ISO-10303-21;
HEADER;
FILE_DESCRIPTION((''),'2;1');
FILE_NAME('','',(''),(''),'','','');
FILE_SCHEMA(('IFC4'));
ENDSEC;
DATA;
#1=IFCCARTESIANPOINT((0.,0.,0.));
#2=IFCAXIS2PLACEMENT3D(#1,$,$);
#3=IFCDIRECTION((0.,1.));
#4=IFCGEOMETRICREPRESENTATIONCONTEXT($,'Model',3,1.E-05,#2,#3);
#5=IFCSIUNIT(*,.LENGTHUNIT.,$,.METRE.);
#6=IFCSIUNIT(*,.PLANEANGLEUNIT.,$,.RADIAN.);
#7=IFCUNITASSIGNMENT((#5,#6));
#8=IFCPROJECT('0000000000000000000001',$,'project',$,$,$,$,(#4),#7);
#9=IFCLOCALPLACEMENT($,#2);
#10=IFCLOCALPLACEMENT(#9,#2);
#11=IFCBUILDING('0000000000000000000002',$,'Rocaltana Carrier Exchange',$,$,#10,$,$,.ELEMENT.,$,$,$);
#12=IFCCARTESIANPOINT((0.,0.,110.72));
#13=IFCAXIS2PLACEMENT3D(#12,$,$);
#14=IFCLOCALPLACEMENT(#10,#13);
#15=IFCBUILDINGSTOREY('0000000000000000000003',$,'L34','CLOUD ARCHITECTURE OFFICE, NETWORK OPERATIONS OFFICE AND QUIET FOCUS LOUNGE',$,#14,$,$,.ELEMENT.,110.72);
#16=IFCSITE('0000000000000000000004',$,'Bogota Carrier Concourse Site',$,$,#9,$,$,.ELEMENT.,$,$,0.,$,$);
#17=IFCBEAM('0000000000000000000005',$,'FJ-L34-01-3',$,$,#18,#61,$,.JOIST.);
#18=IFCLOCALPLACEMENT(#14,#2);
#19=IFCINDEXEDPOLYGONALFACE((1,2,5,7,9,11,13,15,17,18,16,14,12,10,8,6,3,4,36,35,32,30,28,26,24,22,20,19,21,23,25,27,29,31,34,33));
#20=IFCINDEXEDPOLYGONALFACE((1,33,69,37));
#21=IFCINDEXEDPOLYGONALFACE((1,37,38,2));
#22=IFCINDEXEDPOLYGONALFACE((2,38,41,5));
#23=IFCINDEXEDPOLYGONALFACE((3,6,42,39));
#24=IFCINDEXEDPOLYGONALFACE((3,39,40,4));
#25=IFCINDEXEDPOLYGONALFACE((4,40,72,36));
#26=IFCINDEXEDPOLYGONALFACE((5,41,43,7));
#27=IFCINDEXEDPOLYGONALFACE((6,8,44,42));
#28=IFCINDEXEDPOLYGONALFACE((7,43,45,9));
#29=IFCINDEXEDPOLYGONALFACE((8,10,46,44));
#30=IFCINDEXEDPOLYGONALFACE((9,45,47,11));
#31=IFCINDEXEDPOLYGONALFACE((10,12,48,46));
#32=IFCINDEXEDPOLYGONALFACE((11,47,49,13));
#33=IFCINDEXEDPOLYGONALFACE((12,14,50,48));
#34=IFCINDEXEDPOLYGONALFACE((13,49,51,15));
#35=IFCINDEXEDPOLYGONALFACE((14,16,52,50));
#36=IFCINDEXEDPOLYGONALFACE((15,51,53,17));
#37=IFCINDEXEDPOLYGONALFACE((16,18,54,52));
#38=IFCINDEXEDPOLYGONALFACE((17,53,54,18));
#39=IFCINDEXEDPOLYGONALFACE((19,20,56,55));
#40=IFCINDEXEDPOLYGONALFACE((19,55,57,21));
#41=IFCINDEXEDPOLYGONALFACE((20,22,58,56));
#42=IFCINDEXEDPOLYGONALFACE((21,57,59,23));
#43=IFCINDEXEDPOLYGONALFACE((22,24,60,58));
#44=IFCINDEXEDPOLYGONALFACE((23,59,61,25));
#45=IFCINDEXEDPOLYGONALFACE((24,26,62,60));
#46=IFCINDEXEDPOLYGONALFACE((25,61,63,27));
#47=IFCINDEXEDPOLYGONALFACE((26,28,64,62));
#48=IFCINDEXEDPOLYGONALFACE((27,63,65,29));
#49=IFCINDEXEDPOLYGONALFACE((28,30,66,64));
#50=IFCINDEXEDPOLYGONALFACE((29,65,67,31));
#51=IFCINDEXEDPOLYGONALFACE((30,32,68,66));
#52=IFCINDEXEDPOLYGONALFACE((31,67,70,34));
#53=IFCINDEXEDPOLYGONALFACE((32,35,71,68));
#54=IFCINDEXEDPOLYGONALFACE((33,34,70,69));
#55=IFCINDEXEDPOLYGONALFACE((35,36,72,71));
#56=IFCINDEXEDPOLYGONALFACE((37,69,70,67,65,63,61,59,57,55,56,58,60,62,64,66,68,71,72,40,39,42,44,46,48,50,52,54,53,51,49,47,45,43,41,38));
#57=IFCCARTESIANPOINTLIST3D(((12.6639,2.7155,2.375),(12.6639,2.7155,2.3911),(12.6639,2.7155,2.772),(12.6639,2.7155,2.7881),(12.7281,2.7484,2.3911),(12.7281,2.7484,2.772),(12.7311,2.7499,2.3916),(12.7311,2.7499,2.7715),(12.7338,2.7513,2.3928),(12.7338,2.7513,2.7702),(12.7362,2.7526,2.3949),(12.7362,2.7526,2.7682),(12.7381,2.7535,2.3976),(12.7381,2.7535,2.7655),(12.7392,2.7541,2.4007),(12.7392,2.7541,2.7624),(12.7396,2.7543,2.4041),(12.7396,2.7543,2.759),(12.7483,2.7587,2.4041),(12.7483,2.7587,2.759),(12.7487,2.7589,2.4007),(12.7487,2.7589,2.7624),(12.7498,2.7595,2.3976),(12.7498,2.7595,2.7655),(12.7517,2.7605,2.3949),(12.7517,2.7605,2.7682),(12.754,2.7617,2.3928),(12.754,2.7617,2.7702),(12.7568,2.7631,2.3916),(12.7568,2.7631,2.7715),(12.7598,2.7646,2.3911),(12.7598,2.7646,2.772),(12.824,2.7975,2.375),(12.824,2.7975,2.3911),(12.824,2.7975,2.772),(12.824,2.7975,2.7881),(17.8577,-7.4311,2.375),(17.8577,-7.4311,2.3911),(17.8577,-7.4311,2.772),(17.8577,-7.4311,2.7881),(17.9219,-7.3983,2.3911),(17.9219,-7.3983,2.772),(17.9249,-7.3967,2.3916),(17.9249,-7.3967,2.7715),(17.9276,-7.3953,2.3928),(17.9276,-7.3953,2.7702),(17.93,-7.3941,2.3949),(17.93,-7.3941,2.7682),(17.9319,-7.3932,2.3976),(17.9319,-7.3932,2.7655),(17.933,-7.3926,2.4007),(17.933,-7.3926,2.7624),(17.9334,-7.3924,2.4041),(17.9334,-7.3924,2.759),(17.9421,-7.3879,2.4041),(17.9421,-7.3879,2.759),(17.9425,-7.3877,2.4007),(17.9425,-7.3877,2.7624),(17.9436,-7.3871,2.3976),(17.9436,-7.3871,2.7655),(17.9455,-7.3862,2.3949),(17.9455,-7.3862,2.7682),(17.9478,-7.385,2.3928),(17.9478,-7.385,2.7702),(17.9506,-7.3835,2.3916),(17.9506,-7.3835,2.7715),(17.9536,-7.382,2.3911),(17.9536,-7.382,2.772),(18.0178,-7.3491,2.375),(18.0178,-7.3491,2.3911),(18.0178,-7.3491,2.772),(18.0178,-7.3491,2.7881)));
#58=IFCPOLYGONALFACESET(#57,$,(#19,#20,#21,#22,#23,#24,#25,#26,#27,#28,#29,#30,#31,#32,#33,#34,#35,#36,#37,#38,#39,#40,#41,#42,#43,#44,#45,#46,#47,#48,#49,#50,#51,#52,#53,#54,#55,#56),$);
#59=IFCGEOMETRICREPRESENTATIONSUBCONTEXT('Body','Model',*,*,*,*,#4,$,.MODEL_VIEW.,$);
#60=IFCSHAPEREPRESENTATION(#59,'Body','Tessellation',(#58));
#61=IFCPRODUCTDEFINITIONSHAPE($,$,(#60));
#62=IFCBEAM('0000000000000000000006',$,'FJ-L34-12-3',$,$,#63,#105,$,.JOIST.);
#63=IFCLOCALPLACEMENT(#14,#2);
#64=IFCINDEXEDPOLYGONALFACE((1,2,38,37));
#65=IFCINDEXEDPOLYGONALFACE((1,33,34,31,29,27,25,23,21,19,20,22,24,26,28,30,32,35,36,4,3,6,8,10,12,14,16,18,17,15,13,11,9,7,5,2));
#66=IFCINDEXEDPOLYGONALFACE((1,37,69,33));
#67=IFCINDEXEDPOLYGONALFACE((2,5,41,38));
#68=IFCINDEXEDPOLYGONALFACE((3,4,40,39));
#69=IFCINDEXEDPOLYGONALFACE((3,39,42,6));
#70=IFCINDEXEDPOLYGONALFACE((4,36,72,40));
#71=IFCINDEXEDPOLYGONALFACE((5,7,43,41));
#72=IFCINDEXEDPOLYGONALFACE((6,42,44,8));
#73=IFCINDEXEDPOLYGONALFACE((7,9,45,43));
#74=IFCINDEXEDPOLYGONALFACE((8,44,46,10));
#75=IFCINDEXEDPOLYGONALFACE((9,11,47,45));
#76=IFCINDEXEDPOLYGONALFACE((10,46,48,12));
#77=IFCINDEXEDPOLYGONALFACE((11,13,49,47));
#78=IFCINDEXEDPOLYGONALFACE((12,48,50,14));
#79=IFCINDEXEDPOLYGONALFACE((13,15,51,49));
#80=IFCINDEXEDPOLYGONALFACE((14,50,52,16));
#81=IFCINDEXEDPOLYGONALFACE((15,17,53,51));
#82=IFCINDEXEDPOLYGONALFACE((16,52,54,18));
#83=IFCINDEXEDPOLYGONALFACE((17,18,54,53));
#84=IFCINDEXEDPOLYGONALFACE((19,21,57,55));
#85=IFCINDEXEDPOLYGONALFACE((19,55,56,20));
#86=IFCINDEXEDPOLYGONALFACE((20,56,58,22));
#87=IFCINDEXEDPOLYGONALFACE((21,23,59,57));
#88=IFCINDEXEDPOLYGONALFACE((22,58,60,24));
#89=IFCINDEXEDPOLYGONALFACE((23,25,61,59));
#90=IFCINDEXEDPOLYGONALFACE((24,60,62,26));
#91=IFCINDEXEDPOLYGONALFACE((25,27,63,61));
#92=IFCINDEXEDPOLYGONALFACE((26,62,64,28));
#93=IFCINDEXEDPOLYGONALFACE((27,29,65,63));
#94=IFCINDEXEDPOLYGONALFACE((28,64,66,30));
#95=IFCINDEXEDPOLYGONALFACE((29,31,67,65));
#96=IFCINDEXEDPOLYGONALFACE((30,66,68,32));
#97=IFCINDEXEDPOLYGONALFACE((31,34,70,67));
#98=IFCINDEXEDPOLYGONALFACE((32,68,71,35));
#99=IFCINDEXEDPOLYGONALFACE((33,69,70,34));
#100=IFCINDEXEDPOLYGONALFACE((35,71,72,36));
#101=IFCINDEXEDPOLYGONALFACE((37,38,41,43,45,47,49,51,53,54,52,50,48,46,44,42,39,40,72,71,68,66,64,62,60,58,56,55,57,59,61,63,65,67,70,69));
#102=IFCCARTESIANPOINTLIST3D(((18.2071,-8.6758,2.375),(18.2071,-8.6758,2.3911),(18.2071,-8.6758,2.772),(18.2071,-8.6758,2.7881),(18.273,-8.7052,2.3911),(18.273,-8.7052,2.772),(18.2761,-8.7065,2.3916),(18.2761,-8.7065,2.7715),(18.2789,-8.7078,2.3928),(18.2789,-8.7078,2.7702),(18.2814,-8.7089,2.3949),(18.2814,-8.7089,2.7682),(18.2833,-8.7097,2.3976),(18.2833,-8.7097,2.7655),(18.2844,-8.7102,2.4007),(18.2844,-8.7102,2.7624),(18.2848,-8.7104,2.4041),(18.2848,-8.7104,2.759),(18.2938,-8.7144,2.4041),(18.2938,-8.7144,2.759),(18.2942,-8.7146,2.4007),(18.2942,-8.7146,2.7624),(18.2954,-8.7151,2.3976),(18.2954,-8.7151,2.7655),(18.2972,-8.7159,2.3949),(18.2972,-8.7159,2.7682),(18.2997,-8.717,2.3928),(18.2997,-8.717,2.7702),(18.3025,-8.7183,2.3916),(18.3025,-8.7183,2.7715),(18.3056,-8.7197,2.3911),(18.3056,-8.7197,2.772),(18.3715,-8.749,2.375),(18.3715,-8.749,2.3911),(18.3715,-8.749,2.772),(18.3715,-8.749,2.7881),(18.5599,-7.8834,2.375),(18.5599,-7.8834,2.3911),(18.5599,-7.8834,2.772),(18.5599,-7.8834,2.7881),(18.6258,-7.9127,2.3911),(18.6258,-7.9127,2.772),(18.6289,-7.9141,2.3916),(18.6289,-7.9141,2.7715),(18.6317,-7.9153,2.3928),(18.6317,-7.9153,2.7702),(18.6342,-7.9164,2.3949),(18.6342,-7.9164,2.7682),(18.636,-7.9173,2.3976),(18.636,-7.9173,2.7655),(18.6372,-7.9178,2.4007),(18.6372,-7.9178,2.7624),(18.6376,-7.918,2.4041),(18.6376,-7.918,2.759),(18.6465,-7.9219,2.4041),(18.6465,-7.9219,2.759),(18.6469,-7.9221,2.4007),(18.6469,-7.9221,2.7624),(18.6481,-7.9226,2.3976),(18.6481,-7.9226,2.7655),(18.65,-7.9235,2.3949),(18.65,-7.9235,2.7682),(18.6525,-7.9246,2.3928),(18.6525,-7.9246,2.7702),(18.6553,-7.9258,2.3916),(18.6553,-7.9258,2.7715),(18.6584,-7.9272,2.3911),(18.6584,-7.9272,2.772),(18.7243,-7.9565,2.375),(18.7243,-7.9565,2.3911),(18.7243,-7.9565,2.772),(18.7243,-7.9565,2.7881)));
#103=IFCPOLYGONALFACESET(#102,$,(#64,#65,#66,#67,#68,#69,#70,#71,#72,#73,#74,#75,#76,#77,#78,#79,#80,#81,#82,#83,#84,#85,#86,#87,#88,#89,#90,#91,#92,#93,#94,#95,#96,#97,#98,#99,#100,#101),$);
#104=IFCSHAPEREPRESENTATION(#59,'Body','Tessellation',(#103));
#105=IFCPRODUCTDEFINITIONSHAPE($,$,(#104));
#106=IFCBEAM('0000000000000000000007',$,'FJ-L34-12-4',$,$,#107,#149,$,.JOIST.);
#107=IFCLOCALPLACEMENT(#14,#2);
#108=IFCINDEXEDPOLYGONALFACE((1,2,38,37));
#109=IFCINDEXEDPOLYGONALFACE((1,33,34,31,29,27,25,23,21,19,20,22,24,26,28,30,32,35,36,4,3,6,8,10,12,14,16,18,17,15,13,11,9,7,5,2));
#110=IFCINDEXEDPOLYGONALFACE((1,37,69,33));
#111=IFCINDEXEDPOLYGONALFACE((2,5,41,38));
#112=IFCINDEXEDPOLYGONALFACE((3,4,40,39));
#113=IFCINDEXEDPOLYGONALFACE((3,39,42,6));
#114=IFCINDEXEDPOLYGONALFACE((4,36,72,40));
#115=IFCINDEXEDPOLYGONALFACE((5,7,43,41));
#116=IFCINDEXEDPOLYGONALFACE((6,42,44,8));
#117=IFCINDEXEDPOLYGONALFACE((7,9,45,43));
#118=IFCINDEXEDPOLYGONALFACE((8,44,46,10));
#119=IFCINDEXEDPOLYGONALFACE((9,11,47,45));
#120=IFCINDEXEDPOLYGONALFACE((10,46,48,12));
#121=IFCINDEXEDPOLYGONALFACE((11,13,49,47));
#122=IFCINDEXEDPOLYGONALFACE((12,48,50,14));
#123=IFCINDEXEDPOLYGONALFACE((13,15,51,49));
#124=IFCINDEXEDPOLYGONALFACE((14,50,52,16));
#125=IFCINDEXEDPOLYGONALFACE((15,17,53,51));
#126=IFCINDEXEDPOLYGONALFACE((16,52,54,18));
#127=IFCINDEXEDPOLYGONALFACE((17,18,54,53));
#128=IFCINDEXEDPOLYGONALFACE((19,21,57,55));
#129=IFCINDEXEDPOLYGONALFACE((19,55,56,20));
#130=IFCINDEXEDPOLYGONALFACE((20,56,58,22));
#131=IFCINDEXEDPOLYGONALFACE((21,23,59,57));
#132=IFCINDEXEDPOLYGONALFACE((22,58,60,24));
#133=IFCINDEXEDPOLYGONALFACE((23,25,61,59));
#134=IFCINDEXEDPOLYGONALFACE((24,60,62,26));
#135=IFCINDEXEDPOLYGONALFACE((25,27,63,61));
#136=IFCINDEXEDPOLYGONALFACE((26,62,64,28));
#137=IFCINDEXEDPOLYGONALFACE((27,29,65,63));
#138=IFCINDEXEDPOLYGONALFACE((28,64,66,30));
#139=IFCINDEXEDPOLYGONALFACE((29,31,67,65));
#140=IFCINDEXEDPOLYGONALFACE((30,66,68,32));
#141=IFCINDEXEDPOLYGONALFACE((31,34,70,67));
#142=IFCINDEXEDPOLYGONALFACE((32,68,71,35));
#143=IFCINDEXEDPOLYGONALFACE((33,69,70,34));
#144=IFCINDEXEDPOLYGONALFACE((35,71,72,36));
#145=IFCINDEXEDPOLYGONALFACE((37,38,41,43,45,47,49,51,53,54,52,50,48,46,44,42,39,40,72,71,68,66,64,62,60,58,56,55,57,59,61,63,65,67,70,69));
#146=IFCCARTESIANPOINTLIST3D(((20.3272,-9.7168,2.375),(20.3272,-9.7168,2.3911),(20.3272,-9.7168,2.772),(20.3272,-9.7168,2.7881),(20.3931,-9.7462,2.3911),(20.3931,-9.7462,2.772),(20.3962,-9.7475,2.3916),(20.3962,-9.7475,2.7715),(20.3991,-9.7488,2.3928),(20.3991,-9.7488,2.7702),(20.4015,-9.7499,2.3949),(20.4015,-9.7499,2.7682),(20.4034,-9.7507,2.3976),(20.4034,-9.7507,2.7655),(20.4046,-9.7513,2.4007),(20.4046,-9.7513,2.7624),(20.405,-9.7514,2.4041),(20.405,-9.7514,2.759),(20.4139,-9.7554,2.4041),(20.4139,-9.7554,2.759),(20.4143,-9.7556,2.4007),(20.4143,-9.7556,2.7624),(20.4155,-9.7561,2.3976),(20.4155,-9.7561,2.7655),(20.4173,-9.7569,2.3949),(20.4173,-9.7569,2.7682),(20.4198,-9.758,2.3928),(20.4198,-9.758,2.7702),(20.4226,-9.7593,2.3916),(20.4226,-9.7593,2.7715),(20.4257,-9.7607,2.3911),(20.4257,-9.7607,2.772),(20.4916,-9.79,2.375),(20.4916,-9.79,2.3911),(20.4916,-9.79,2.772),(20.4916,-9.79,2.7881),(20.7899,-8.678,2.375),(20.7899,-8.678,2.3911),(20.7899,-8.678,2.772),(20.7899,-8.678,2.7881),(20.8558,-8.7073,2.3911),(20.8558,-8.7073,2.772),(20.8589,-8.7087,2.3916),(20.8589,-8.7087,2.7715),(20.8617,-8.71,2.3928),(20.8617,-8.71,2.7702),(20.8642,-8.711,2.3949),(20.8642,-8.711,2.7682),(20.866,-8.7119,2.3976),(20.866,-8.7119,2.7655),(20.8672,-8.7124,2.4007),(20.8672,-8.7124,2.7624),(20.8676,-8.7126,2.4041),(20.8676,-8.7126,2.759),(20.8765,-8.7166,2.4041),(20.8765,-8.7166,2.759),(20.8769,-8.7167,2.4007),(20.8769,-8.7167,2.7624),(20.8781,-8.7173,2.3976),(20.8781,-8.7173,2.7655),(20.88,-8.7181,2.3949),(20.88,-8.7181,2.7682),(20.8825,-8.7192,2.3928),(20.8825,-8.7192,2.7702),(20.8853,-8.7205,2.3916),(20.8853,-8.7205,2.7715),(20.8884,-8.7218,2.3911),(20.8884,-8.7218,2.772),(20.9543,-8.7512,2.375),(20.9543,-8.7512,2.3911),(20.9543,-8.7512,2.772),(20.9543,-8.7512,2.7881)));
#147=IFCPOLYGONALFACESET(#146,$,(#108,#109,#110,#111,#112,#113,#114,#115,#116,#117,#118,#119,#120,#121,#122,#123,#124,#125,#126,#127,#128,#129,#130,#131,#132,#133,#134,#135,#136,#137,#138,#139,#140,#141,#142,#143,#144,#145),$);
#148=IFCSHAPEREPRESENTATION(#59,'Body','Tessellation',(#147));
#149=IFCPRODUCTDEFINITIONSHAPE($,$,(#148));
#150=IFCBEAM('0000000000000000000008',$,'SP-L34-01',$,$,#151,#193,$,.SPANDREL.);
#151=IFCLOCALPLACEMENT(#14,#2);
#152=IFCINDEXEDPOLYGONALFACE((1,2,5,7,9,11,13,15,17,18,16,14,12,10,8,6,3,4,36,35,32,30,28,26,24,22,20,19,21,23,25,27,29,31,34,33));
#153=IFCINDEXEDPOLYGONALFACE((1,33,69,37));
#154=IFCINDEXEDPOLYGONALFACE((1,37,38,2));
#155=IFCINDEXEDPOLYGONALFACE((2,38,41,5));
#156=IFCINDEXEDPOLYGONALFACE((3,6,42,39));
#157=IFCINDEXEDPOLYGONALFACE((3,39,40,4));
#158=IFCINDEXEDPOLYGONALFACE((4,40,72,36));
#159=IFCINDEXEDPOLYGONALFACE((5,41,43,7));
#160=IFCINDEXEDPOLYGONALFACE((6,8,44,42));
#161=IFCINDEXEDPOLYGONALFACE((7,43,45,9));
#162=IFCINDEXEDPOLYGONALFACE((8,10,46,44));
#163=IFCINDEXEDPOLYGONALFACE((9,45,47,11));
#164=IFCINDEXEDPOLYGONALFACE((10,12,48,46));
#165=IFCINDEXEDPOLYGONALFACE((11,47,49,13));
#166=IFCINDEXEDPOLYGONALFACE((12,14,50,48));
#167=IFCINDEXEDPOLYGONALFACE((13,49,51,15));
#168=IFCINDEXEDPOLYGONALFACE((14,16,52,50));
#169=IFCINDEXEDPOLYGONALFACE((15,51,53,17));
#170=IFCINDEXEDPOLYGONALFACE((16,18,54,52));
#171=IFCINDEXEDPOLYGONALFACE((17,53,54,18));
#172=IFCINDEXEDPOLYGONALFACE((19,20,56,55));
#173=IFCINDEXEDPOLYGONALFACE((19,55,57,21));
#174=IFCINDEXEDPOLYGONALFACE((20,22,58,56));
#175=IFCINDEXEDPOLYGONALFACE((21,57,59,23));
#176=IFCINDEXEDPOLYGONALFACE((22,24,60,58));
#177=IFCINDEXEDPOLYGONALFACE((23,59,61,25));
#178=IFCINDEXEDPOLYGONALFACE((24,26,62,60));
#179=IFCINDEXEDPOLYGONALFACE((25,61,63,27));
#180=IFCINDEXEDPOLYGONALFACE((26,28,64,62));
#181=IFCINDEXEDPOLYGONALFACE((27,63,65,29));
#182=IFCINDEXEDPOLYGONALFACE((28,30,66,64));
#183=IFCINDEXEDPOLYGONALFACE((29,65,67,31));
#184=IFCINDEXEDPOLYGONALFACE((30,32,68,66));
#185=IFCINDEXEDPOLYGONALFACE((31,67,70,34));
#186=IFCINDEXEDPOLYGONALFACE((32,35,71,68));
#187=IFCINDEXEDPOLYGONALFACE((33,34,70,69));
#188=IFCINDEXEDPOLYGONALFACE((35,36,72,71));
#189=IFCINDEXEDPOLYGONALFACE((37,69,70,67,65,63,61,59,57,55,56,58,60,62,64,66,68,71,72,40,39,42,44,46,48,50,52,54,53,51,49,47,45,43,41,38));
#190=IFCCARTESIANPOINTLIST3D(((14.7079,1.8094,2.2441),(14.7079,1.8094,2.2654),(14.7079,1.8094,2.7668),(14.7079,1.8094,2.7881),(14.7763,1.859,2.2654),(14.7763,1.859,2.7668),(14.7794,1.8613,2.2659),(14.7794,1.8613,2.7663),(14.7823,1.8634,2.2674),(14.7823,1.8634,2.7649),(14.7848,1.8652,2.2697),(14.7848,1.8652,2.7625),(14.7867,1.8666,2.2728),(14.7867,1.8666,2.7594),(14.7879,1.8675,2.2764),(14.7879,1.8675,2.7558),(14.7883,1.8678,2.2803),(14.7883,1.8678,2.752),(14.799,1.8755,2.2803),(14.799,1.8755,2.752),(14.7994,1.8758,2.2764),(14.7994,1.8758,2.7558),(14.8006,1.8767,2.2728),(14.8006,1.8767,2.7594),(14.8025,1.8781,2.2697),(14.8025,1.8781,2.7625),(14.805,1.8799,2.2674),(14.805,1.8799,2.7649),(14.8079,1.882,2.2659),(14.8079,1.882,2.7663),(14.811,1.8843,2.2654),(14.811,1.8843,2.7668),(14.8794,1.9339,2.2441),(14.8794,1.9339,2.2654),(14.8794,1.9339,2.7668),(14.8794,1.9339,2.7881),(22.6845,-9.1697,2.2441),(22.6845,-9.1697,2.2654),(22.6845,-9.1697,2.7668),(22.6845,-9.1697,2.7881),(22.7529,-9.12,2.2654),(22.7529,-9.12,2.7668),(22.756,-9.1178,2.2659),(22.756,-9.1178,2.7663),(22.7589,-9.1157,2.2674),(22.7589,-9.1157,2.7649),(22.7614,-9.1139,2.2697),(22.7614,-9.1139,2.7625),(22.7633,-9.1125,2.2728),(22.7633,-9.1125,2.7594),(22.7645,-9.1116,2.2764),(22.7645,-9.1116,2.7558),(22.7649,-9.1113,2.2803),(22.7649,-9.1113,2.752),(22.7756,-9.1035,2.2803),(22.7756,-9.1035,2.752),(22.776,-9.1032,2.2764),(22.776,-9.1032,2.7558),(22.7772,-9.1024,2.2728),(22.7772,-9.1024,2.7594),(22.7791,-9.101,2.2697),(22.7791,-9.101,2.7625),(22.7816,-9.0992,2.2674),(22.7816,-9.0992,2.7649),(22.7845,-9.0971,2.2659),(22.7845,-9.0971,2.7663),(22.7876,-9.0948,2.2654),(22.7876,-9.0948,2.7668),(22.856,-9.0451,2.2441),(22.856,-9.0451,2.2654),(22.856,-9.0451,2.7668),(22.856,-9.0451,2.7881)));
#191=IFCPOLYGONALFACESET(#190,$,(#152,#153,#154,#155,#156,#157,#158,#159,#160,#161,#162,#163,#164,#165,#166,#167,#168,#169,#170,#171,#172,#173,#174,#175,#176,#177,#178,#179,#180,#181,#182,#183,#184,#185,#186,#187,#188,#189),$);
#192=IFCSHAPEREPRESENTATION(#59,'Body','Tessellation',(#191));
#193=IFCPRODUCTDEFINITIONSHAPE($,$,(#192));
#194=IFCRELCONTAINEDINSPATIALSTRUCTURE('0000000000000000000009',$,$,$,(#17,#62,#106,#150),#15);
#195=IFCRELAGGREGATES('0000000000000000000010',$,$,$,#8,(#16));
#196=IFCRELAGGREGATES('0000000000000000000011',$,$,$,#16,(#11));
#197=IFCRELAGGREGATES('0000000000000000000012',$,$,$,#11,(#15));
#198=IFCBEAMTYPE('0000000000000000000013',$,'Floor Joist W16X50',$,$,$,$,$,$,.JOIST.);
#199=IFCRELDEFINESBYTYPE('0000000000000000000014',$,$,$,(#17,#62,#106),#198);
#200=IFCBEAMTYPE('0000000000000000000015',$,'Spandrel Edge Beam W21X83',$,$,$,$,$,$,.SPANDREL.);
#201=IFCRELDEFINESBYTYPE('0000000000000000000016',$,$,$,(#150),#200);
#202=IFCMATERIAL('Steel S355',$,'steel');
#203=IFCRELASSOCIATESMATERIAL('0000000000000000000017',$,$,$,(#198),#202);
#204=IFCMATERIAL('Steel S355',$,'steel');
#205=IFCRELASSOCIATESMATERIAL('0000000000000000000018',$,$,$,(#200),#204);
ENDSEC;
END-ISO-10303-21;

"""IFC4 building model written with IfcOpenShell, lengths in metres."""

from ifc_helpers import new_model, si_unit, direction, frame, origin, origin_2d, place, context, subcontext, project, spatial, i_section, extrude, material, material_profile, profile_set, type_object, element, save


model = new_model("IFC4")

# Units and contexts
model_context = context("Model", 3, precision=1e-05, world=origin(), true_north=direction((0.0, 1.0)))
body_context = subcontext(model_context, "Body", "Model", "MODEL_VIEW")
ifc_project = project(units=[si_unit("LENGTHUNIT", "METRE"), si_unit("PLANEANGLEUNIT", "RADIAN")], contexts=[model_context])

# Site, building, storey
site_placement = place(None, origin())
site = spatial("IfcSite", under=ifc_project, at=site_placement, Name="Bogota Carrier Concourse Site", CompositionType="ELEMENT", RefElevation=0.0)
building_placement = place(site_placement, origin())
building = spatial("IfcBuilding", under=site, at=building_placement, Name="Rocaltana Carrier Exchange", CompositionType="ELEMENT")
storey_placement = place(building_placement, frame((0.0, 0.0, 110.72)))
storey = spatial("IfcBuildingStorey", under=building, at=storey_placement, Name="L34", Description="CLOUD ARCHITECTURE OFFICE, NETWORK OPERATIONS OFFICE AND QUIET FOCUS LOUNGE", CompositionType="ELEMENT", Elevation=110.72)

# Beams
ifc_material_1 = material(Name="Steel S355", Category="steel")
ifc_material_profile_1 = material_profile(ifc_material_1, i_section(OverallWidth=0.1799, OverallDepth=0.4131, WebThickness=0.0098, FlangeThickness=0.0161, FilletRadius=0.0129, at=origin_2d()), Name="W16X50")
ifc_profile_set_1 = profile_set([ifc_material_profile_1], Name="Steel S355")
beam_type_1 = type_object("IfcBeamType", Name="Floor Joist W16X50", PredefinedType="JOIST", material=ifc_profile_set_1)
beam_1_placement = place(storey_placement, frame((17.9377, -7.3901, 2.5815), z_axis=(-0.455649, 0.890159, 0.0), x_axis=(-0.890159, -0.455649, 0.0)))
element("IfcBeam", 1, at=beam_1_placement, inside=storey, type_object=beam_type_1, Name="FJ-L34-01-3", PredefinedType="JOIST", context=body_context, shape_type="SweptSolid", body=[
    extrude(i_section(OverallWidth=0.1799, OverallDepth=0.4131, WebThickness=0.0098, FlangeThickness=0.0161, FilletRadius=0.0129, at=origin_2d()), origin(), (0.0, 0.0, 1.0), 11.3987),
])
beam_2_placement = place(storey_placement, frame((18.2893, -8.7124, 2.5815), z_axis=(0.406687, 0.913568, 0.0), x_axis=(-0.913568, 0.406687, 0.0)))
element("IfcBeam", 2, at=beam_2_placement, inside=storey, type_object=beam_type_1, Name="FJ-L34-12-3", PredefinedType="JOIST", context=body_context, shape_type="SweptSolid", body=[
    extrude(i_section(OverallWidth=0.1799, OverallDepth=0.4131, WebThickness=0.0098, FlangeThickness=0.0161, FilletRadius=0.0129, at=origin_2d()), origin(), (0.0, 0.0, 1.0), 0.8674),
])
beam_3_placement = place(storey_placement, frame((20.4094, -9.7534, 2.5815), z_axis=(0.406836, 0.913501, 0.0), x_axis=(-0.913501, 0.406836, 0.0)))
element("IfcBeam", 3, at=beam_3_placement, inside=storey, type_object=beam_type_1, Name="FJ-L34-12-4", PredefinedType="JOIST", context=body_context, shape_type="SweptSolid", body=[
    extrude(i_section(OverallWidth=0.1799, OverallDepth=0.4131, WebThickness=0.0098, FlangeThickness=0.0161, FilletRadius=0.0129, at=origin_2d()), origin(), (0.0, 0.0, 1.0), 1.1372),
])
ifc_material_2 = material(Name="Steel S355", Category="steel")
ifc_material_profile_2 = material_profile(ifc_material_2, i_section(OverallWidth=0.2119, OverallDepth=0.5439, WebThickness=0.0132, FlangeThickness=0.0212, FilletRadius=0.0149, at=origin_2d()), Name="W21X83")
ifc_profile_set_2 = profile_set([ifc_material_profile_2], Name="Steel S355")
beam_type_2 = type_object("IfcBeamType", Name="Spandrel Edge Beam W21X83", PredefinedType="SPANDREL", material=ifc_profile_set_2)
beam_4_placement = place(storey_placement, frame((22.7703, -9.1074, 2.5161), z_axis=(-0.587778, 0.809022, 0.0), x_axis=(-0.809022, -0.587778, 0.0)))
element("IfcBeam", 4, at=beam_4_placement, inside=storey, type_object=beam_type_2, Name="SP-L34-01", PredefinedType="SPANDREL", context=body_context, shape_type="SweptSolid", body=[
    extrude(i_section(OverallWidth=0.2119, OverallDepth=0.5439, WebThickness=0.0132, FlangeThickness=0.0212, FilletRadius=0.0149, at=origin_2d()), origin(), (0.0, 0.0, 1.0), 13.5708),
])

save(model, "model.ifc")
